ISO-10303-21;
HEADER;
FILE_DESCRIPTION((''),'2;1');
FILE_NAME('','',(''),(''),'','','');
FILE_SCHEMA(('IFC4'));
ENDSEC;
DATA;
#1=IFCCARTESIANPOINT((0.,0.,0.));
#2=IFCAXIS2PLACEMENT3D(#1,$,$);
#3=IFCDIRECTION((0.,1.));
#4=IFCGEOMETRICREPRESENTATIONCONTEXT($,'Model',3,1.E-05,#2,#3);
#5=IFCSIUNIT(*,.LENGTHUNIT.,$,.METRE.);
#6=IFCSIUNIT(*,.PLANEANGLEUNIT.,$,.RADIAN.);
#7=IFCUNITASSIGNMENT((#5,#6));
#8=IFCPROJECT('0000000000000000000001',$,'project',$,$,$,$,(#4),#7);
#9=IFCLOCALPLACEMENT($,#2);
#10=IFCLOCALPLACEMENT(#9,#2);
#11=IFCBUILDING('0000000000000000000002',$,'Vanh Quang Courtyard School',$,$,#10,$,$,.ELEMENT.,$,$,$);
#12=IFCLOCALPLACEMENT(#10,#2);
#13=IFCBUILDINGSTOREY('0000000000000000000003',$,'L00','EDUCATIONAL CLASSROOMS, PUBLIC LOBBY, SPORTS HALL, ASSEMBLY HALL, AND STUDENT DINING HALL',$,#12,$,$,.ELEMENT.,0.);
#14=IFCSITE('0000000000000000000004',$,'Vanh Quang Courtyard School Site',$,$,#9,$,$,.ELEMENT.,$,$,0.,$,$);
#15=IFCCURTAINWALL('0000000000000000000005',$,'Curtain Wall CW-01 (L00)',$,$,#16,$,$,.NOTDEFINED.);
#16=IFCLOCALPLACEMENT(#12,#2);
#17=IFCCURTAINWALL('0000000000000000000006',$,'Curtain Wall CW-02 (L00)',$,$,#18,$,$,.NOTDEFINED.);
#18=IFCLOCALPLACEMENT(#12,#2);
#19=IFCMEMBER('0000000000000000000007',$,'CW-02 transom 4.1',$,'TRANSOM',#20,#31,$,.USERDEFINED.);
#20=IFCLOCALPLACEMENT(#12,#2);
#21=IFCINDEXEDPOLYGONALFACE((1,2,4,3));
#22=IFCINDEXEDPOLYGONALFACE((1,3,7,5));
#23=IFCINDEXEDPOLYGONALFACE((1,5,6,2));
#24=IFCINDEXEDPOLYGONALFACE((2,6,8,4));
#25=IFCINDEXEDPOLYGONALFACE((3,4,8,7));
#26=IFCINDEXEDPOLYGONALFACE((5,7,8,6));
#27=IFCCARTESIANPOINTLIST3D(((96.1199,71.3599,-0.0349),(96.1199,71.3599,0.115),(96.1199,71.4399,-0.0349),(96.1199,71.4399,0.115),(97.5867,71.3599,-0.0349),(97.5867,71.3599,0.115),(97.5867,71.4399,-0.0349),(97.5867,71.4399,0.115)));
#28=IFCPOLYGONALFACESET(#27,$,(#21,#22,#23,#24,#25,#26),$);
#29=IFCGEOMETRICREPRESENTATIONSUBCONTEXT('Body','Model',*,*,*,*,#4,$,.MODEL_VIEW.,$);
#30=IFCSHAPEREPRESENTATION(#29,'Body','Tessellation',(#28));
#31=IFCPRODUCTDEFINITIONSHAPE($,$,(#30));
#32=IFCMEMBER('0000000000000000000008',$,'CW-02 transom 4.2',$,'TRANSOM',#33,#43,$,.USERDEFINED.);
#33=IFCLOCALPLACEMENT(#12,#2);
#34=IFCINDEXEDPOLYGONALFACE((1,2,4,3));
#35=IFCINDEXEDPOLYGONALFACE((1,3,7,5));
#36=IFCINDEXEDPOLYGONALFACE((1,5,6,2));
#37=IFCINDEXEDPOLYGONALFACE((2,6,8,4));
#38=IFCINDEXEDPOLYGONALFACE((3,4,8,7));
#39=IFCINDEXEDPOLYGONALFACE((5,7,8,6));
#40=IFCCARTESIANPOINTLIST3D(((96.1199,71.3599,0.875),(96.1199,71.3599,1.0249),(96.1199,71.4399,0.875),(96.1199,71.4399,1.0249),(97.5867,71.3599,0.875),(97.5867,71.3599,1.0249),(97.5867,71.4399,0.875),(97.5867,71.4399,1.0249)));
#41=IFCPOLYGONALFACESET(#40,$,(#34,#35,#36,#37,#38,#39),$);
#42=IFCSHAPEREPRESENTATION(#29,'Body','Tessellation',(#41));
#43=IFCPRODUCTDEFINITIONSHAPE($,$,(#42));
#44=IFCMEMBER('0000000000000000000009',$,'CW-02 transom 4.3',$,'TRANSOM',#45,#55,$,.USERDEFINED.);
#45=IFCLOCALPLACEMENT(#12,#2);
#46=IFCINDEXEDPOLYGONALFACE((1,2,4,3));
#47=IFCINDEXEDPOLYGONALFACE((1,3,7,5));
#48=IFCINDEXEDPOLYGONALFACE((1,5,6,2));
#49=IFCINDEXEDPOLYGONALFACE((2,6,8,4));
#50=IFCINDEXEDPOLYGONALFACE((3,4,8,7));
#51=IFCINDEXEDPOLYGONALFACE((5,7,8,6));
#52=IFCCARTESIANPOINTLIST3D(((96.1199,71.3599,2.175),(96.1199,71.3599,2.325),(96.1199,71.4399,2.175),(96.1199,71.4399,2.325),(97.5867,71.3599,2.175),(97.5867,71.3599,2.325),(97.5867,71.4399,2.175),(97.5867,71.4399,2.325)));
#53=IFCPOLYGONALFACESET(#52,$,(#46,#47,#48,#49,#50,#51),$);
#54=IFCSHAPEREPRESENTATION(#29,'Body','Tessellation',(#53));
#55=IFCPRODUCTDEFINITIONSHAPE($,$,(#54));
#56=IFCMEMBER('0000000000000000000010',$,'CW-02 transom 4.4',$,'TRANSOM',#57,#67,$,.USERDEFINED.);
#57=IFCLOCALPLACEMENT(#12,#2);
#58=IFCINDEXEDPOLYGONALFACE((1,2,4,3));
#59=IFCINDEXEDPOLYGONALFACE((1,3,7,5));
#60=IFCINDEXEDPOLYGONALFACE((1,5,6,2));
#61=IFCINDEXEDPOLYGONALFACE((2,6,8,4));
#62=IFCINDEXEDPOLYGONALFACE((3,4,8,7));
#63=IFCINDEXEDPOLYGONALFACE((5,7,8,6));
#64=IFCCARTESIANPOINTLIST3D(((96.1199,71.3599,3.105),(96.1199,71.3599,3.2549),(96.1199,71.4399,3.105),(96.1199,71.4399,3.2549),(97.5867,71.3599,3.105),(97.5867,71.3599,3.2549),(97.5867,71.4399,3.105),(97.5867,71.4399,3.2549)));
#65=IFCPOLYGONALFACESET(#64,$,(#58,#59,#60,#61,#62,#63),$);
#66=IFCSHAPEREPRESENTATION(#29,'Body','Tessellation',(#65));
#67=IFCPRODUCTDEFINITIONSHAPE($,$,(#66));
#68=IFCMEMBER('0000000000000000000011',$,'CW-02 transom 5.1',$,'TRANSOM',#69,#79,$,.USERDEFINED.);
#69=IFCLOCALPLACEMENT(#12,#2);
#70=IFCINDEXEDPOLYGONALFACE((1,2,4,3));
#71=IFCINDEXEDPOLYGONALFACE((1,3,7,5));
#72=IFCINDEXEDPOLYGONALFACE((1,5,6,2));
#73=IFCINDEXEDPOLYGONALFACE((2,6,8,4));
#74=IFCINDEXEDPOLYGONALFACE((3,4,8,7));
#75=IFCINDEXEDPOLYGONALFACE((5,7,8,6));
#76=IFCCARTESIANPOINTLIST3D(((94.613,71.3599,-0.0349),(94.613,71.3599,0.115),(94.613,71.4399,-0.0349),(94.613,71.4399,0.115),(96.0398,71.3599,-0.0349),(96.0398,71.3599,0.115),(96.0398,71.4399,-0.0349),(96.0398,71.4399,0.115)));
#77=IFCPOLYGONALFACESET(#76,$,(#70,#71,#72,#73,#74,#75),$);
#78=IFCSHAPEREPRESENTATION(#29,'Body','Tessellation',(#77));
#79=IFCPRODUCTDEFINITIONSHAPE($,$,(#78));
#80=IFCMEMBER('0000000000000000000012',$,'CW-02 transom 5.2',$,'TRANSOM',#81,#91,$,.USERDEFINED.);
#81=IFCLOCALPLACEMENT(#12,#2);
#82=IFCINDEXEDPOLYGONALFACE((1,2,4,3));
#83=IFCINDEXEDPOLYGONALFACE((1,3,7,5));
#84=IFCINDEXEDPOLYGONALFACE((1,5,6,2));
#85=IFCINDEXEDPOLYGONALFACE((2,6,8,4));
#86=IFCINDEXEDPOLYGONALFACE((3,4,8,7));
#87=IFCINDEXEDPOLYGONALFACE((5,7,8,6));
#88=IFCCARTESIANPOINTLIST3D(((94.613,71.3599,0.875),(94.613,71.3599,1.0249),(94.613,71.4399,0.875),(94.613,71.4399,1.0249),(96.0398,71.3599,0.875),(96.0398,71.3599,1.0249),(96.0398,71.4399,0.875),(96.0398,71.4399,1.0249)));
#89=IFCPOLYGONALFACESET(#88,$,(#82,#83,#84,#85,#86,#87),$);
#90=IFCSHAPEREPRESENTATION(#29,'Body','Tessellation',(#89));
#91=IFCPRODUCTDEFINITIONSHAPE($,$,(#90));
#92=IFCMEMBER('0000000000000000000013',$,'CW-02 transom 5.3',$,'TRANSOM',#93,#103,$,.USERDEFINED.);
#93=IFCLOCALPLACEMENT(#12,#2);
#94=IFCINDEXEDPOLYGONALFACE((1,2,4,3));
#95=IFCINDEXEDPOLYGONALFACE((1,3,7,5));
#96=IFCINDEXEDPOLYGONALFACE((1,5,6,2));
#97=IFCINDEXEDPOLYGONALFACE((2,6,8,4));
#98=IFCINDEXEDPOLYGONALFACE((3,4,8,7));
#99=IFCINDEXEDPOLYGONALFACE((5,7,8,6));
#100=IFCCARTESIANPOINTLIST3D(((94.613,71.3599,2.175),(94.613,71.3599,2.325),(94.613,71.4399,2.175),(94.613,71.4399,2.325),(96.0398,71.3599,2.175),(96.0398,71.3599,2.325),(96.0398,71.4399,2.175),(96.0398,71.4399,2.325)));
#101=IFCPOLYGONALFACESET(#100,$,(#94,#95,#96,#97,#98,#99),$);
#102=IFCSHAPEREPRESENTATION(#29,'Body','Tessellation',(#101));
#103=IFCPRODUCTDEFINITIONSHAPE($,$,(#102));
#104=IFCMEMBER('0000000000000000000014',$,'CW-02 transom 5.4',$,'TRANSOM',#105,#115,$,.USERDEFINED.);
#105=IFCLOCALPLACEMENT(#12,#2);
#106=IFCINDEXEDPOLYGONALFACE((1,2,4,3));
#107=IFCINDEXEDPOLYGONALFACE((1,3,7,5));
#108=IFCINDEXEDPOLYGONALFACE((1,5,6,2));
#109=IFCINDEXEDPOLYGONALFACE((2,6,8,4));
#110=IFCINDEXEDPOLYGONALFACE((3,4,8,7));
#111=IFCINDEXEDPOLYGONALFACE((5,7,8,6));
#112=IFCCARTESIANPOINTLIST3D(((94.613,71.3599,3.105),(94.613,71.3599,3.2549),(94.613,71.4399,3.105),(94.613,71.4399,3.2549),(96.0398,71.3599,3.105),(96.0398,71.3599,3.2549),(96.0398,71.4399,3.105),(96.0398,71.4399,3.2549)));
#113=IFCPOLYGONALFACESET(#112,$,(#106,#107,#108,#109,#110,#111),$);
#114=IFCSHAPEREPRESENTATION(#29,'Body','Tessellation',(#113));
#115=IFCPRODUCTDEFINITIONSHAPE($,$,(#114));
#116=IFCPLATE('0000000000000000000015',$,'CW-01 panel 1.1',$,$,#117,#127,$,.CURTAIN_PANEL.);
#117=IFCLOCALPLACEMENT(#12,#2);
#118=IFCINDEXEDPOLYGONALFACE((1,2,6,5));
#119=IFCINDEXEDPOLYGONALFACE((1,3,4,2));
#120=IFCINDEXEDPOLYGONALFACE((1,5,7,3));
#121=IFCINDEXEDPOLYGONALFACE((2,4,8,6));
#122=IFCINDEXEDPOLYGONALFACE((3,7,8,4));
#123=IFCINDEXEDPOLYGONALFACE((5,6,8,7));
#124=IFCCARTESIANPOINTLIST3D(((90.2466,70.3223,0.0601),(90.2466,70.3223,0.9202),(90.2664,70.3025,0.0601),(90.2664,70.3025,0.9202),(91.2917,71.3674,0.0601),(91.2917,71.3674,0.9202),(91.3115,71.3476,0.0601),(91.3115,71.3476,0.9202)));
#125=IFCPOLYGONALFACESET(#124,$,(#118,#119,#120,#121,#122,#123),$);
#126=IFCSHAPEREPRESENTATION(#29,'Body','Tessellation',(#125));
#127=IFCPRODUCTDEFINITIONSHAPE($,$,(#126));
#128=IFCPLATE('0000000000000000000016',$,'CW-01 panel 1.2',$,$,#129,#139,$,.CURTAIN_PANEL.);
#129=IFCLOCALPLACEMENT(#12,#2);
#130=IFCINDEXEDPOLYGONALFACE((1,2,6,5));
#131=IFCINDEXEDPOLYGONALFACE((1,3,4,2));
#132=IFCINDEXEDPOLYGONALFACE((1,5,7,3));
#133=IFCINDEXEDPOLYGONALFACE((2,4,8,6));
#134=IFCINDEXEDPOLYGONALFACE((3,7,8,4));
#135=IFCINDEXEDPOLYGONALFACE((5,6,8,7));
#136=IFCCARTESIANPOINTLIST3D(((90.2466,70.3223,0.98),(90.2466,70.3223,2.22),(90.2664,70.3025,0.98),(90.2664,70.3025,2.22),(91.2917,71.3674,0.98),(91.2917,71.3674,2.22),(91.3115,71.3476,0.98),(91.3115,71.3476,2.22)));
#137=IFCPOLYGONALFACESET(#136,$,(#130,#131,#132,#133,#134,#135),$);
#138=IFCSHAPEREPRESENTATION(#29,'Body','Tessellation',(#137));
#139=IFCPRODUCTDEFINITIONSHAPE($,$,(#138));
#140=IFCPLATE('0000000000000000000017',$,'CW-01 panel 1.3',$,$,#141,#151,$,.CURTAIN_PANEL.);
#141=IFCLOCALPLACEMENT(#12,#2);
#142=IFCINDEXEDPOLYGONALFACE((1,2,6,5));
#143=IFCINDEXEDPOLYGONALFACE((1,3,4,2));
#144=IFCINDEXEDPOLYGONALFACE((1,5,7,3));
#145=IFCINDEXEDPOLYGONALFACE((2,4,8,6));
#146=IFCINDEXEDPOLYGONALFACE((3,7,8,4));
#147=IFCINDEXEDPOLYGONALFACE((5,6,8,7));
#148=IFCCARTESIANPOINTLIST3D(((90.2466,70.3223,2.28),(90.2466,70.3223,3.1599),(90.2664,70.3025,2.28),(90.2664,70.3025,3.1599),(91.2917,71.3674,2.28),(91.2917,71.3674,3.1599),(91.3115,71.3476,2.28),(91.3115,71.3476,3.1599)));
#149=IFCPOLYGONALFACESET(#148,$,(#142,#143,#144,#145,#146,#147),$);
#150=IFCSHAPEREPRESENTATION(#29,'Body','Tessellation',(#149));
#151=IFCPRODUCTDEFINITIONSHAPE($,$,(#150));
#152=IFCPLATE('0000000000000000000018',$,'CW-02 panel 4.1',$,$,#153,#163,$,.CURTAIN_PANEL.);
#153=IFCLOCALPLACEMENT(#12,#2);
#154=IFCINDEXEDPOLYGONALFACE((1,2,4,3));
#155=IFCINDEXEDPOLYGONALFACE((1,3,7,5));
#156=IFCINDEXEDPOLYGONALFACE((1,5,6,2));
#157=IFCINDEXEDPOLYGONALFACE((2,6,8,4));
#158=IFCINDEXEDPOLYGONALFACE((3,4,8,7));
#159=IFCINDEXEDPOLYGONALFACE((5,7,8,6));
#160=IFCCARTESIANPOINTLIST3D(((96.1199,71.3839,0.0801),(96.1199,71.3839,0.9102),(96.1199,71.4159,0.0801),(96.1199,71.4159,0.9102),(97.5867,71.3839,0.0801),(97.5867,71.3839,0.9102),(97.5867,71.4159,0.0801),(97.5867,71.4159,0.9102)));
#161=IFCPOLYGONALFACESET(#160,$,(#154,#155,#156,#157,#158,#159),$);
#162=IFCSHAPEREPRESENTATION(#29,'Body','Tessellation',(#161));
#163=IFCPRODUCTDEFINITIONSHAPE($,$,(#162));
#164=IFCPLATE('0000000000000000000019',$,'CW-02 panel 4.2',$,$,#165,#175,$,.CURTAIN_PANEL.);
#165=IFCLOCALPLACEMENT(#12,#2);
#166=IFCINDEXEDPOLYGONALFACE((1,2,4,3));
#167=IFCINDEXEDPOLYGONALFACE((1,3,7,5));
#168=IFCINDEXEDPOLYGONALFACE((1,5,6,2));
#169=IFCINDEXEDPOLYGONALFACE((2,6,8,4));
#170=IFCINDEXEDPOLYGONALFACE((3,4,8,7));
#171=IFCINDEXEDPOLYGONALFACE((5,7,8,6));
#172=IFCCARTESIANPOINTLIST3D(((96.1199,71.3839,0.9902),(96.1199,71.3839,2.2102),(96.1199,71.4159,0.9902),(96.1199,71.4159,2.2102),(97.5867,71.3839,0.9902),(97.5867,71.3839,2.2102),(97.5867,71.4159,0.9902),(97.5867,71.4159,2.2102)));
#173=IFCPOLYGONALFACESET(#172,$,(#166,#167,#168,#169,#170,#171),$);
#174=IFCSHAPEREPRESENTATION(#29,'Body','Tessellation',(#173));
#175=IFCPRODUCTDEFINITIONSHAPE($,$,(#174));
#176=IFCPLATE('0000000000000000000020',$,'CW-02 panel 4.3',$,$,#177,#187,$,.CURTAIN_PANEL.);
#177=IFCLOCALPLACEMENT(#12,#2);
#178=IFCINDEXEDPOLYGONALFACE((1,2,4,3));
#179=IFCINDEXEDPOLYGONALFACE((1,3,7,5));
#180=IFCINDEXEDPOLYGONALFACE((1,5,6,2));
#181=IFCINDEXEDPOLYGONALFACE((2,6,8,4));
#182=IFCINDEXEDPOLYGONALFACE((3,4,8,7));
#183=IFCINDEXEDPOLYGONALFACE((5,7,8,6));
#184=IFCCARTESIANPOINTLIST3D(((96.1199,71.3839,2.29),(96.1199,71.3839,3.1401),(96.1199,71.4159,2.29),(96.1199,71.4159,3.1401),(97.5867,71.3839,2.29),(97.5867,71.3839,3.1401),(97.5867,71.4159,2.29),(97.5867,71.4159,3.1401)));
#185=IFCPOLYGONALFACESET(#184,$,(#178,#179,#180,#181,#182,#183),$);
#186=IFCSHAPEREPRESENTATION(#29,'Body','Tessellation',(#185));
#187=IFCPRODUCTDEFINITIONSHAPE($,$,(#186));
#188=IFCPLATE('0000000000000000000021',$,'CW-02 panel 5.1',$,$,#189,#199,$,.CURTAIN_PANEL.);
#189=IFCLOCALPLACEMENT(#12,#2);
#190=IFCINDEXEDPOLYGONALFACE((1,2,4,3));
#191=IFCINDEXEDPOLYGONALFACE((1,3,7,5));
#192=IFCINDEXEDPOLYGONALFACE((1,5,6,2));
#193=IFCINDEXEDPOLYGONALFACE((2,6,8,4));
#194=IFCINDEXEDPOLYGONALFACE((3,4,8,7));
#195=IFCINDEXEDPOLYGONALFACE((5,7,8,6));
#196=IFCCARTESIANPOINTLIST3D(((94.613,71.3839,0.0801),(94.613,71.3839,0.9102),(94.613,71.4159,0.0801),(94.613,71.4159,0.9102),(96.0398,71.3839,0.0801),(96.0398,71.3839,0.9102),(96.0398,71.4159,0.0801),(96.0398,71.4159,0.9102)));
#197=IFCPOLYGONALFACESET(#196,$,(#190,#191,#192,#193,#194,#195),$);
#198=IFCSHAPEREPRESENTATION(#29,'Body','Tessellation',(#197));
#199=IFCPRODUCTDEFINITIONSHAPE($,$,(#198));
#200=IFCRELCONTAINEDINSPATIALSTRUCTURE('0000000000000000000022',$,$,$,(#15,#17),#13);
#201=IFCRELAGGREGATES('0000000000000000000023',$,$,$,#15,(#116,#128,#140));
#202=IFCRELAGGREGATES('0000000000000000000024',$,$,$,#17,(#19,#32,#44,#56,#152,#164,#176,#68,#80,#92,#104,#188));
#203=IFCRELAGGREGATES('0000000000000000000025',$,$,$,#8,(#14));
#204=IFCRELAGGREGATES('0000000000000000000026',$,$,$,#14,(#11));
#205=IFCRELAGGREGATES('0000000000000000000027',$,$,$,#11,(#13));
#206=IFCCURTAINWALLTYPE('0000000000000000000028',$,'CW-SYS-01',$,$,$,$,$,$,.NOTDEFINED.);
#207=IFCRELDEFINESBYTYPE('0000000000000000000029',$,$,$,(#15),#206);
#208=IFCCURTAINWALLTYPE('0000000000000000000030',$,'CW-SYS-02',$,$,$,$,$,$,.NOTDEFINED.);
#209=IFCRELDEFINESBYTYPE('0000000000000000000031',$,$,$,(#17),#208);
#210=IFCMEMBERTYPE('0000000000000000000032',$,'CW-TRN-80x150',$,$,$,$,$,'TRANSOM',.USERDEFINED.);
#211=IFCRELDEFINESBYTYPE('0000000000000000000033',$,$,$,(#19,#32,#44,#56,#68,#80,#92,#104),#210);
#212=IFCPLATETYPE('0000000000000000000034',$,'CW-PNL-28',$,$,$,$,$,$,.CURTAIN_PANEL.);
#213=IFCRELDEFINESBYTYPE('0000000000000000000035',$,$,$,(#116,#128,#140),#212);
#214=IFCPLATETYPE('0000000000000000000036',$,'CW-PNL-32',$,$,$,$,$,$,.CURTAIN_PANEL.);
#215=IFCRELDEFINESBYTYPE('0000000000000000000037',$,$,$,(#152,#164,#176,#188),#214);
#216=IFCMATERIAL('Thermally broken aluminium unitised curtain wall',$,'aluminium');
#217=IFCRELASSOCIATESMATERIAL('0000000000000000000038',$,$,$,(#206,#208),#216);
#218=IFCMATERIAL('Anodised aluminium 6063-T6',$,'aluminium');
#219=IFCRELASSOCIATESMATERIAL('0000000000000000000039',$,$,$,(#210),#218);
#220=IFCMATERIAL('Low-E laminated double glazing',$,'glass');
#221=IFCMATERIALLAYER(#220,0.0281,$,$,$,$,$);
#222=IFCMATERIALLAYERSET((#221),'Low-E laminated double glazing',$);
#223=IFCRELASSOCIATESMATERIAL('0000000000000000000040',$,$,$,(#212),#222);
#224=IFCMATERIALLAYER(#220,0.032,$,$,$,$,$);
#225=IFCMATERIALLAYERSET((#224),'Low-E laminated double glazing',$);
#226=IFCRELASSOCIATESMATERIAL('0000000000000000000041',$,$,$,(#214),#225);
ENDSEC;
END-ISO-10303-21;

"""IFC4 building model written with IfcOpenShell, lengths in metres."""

from ifc_helpers import new_model, si_unit, direction, frame, origin, origin_2d, place, context, subcontext, project, spatial, rectangle, extrude, material, layer, layer_set, material_profile, profile_set, type_object, element, aggregate, save


model = new_model("IFC4")

# Units and contexts
model_context = context("Model", 3, precision=1e-05, world=origin(), true_north=direction((0.0, 1.0)))
body_context = subcontext(model_context, "Body", "Model", "MODEL_VIEW")
ifc_project = project(units=[si_unit("LENGTHUNIT", "METRE"), si_unit("PLANEANGLEUNIT", "RADIAN")], contexts=[model_context])

# Site, building, storey
site_placement = place(None, origin())
site = spatial("IfcSite", under=ifc_project, at=site_placement, Name="Vanh Quang Courtyard School Site", CompositionType="ELEMENT", RefElevation=0.0)
building_placement = place(site_placement, origin())
building = spatial("IfcBuilding", under=site, at=building_placement, Name="Vanh Quang Courtyard School", CompositionType="ELEMENT")
storey_placement = place(building_placement, origin())
storey = spatial("IfcBuildingStorey", under=building, at=storey_placement, Name="L00", Description="EDUCATIONAL CLASSROOMS, PUBLIC LOBBY, SPORTS HALL, ASSEMBLY HALL, AND STUDENT DINING HALL", CompositionType="ELEMENT", Elevation=0.0)

# Curtain wall
ifc_material_1 = material(Name="Thermally broken aluminium unitised curtain wall", Category="aluminium")
curtain_wall_type_1 = type_object("IfcCurtainWallType", Name="CW-SYS-01", PredefinedType="NOTDEFINED", material=ifc_material_1)
curtain_wall_1_placement = place(storey_placement, origin())
curtain_wall_1 = element("IfcCurtainWall", 1, at=curtain_wall_1_placement, inside=storey, type_object=curtain_wall_type_1, Name="Curtain Wall CW-01 (L00)", PredefinedType="NOTDEFINED")
ifc_material_2 = material(Name="Anodised aluminium 6063-T6", Category="aluminium")

# Curtain wall
curtain_wall_type_2 = type_object("IfcCurtainWallType", Name="CW-SYS-02", PredefinedType="NOTDEFINED", material=ifc_material_1)
curtain_wall_2_placement = place(storey_placement, origin())
curtain_wall_2 = element("IfcCurtainWall", 2, at=curtain_wall_2_placement, inside=storey, type_object=curtain_wall_type_2, Name="Curtain Wall CW-02 (L00)", PredefinedType="NOTDEFINED")

# Members
ifc_material_profile_1 = material_profile(ifc_material_2, rectangle(XDim=0.0801, YDim=0.1499, at=origin_2d()), Name="ALU-TRN 80x150")
ifc_profile_set_1 = profile_set([ifc_material_profile_1], Name="Anodised aluminium 6063-T6")
member_type_1 = type_object("IfcMemberType", Name="CW-TRN-80x150", ElementType="TRANSOM", PredefinedType="USERDEFINED", material=ifc_profile_set_1)
member_1_placement = place(storey_placement, frame((97.5867, 71.3999, 0.04), z_axis=(-1.0, 0.0, 0.0), x_axis=(0.0, -1.0, 0.0)))
member_1 = element("IfcMember", 3, at=member_1_placement, type_object=member_type_1, Name="CW-02 transom 4.1", ObjectType="TRANSOM", PredefinedType="USERDEFINED", context=body_context, shape_type="SweptSolid", body=[
    extrude(rectangle(XDim=0.0801, YDim=0.1499, at=origin_2d()), origin(), (0.0, 0.0, 1.0), 1.4668),
])
member_2_placement = place(storey_placement, frame((97.5867, 71.3999, 0.95), z_axis=(-1.0, 0.0, 0.0), x_axis=(0.0, -1.0, 0.0)))
member_2 = element("IfcMember", 4, at=member_2_placement, type_object=member_type_1, Name="CW-02 transom 4.2", ObjectType="TRANSOM", PredefinedType="USERDEFINED", context=body_context, shape_type="SweptSolid", body=[
    extrude(rectangle(XDim=0.0801, YDim=0.1499, at=origin_2d()), origin(), (0.0, 0.0, 1.0), 1.4668),
])
member_3_placement = place(storey_placement, frame((97.5867, 71.3999, 2.25), z_axis=(-1.0, 0.0, 0.0), x_axis=(0.0, -1.0, 0.0)))
member_3 = element("IfcMember", 5, at=member_3_placement, type_object=member_type_1, Name="CW-02 transom 4.3", ObjectType="TRANSOM", PredefinedType="USERDEFINED", context=body_context, shape_type="SweptSolid", body=[
    extrude(rectangle(XDim=0.0801, YDim=0.1499, at=origin_2d()), origin(), (0.0, 0.0, 1.0), 1.4668),
])
member_4_placement = place(storey_placement, frame((97.5867, 71.3999, 3.1799), z_axis=(-1.0, 0.0, 0.0), x_axis=(0.0, -1.0, 0.0)))
member_4 = element("IfcMember", 6, at=member_4_placement, type_object=member_type_1, Name="CW-02 transom 4.4", ObjectType="TRANSOM", PredefinedType="USERDEFINED", context=body_context, shape_type="SweptSolid", body=[
    extrude(rectangle(XDim=0.0801, YDim=0.1499, at=origin_2d()), origin(), (0.0, 0.0, 1.0), 1.4668),
])
member_5_placement = place(storey_placement, frame((96.0398, 71.3999, 0.04), z_axis=(-1.0, 0.0, 0.0), x_axis=(0.0, -1.0, 0.0)))
member_5 = element("IfcMember", 7, at=member_5_placement, type_object=member_type_1, Name="CW-02 transom 5.1", ObjectType="TRANSOM", PredefinedType="USERDEFINED", context=body_context, shape_type="SweptSolid", body=[
    extrude(rectangle(XDim=0.0801, YDim=0.1499, at=origin_2d()), origin(), (0.0, 0.0, 1.0), 1.4268),
])
member_6_placement = place(storey_placement, frame((96.0398, 71.3999, 0.95), z_axis=(-1.0, 0.0, 0.0), x_axis=(0.0, -1.0, 0.0)))
member_6 = element("IfcMember", 8, at=member_6_placement, type_object=member_type_1, Name="CW-02 transom 5.2", ObjectType="TRANSOM", PredefinedType="USERDEFINED", context=body_context, shape_type="SweptSolid", body=[
    extrude(rectangle(XDim=0.0801, YDim=0.1499, at=origin_2d()), origin(), (0.0, 0.0, 1.0), 1.4268),
])
member_7_placement = place(storey_placement, frame((96.0398, 71.3999, 2.25), z_axis=(-1.0, 0.0, 0.0), x_axis=(0.0, -1.0, 0.0)))
member_7 = element("IfcMember", 9, at=member_7_placement, type_object=member_type_1, Name="CW-02 transom 5.3", ObjectType="TRANSOM", PredefinedType="USERDEFINED", context=body_context, shape_type="SweptSolid", body=[
    extrude(rectangle(XDim=0.0801, YDim=0.1499, at=origin_2d()), origin(), (0.0, 0.0, 1.0), 1.4268),
])
member_8_placement = place(storey_placement, frame((96.0398, 71.3999, 3.1799), z_axis=(-1.0, 0.0, 0.0), x_axis=(0.0, -1.0, 0.0)))
member_8 = element("IfcMember", 10, at=member_8_placement, type_object=member_type_1, Name="CW-02 transom 5.4", ObjectType="TRANSOM", PredefinedType="USERDEFINED", context=body_context, shape_type="SweptSolid", body=[
    extrude(rectangle(XDim=0.0801, YDim=0.1499, at=origin_2d()), origin(), (0.0, 0.0, 1.0), 1.4268),
])

# Plates
ifc_material_3 = material(Name="Low-E laminated double glazing", Category="glass")
ifc_layer_1 = layer(ifc_material_3, 0.0281)
ifc_layer_set_1 = layer_set([ifc_layer_1], Name="Low-E laminated double glazing")
plate_type_1 = type_object("IfcPlateType", Name="CW-PNL-28", PredefinedType="CURTAIN_PANEL", material=ifc_layer_set_1)
plate_1_placement = place(storey_placement, frame((90.7791, 70.835, 0.0601), z_axis=(0.0, 0.0, 1.0), x_axis=(-0.707107, -0.707107, 0.0)))
plate_1 = element("IfcPlate", 11, at=plate_1_placement, type_object=plate_type_1, Name="CW-01 panel 1.1", PredefinedType="CURTAIN_PANEL", context=body_context, shape_type="SweptSolid", body=[
    extrude(rectangle(XDim=1.478, YDim=0.0281, at=origin_2d()), origin(), (0.0, 0.0, 1.0), 0.8601),
])
plate_2_placement = place(storey_placement, frame((90.7791, 70.835, 0.98), z_axis=(0.0, 0.0, 1.0), x_axis=(-0.707107, -0.707107, 0.0)))
plate_2 = element("IfcPlate", 12, at=plate_2_placement, type_object=plate_type_1, Name="CW-01 panel 1.2", PredefinedType="CURTAIN_PANEL", context=body_context, shape_type="SweptSolid", body=[
    extrude(rectangle(XDim=1.478, YDim=0.0281, at=origin_2d()), origin(), (0.0, 0.0, 1.0), 1.24),
])
plate_3_placement = place(storey_placement, frame((90.7791, 70.835, 2.28), z_axis=(0.0, 0.0, 1.0), x_axis=(-0.707107, -0.707107, 0.0)))
plate_3 = element("IfcPlate", 13, at=plate_3_placement, type_object=plate_type_1, Name="CW-01 panel 1.3", PredefinedType="CURTAIN_PANEL", context=body_context, shape_type="SweptSolid", body=[
    extrude(rectangle(XDim=1.478, YDim=0.0281, at=origin_2d()), origin(), (0.0, 0.0, 1.0), 0.8799),
])
aggregate(curtain_wall_1, [plate_1, plate_2, plate_3])
ifc_layer_2 = layer(ifc_material_3, 0.032)
ifc_layer_set_2 = layer_set([ifc_layer_2], Name="Low-E laminated double glazing")
plate_type_2 = type_object("IfcPlateType", Name="CW-PNL-32", PredefinedType="CURTAIN_PANEL", material=ifc_layer_set_2)
plate_4_placement = place(storey_placement, frame((96.8533, 71.3999, 0.0801), z_axis=(0.0, 0.0, 1.0), x_axis=(-1.0, 0.0, 0.0)))
plate_4 = element("IfcPlate", 14, at=plate_4_placement, type_object=plate_type_2, Name="CW-02 panel 4.1", PredefinedType="CURTAIN_PANEL", context=body_context, shape_type="SweptSolid", body=[
    extrude(rectangle(XDim=1.4668, YDim=0.032, at=origin_2d()), origin(), (0.0, 0.0, 1.0), 0.8301),
])
plate_5_placement = place(storey_placement, frame((96.8533, 71.3999, 0.9902), z_axis=(0.0, 0.0, 1.0), x_axis=(-1.0, 0.0, 0.0)))
plate_5 = element("IfcPlate", 15, at=plate_5_placement, type_object=plate_type_2, Name="CW-02 panel 4.2", PredefinedType="CURTAIN_PANEL", context=body_context, shape_type="SweptSolid", body=[
    extrude(rectangle(XDim=1.4668, YDim=0.032, at=origin_2d()), origin(), (0.0, 0.0, 1.0), 1.22),
])
plate_6_placement = place(storey_placement, frame((96.8533, 71.3999, 2.29), z_axis=(0.0, 0.0, 1.0), x_axis=(-1.0, 0.0, 0.0)))
plate_6 = element("IfcPlate", 16, at=plate_6_placement, type_object=plate_type_2, Name="CW-02 panel 4.3", PredefinedType="CURTAIN_PANEL", context=body_context, shape_type="SweptSolid", body=[
    extrude(rectangle(XDim=1.4668, YDim=0.032, at=origin_2d()), origin(), (0.0, 0.0, 1.0), 0.8501),
])
plate_7_placement = place(storey_placement, frame((95.3264, 71.3999, 0.0801), z_axis=(0.0, 0.0, 1.0), x_axis=(-1.0, 0.0, 0.0)))
plate_7 = element("IfcPlate", 17, at=plate_7_placement, type_object=plate_type_2, Name="CW-02 panel 5.1", PredefinedType="CURTAIN_PANEL", context=body_context, shape_type="SweptSolid", body=[
    extrude(rectangle(XDim=1.4268, YDim=0.032, at=origin_2d()), origin(), (0.0, 0.0, 1.0), 0.8301),
])
aggregate(curtain_wall_2, [member_1, member_2, member_3, member_4, plate_4, plate_5, plate_6, member_5, member_6, member_7, member_8, plate_7])

save(model, "model.ifc")
